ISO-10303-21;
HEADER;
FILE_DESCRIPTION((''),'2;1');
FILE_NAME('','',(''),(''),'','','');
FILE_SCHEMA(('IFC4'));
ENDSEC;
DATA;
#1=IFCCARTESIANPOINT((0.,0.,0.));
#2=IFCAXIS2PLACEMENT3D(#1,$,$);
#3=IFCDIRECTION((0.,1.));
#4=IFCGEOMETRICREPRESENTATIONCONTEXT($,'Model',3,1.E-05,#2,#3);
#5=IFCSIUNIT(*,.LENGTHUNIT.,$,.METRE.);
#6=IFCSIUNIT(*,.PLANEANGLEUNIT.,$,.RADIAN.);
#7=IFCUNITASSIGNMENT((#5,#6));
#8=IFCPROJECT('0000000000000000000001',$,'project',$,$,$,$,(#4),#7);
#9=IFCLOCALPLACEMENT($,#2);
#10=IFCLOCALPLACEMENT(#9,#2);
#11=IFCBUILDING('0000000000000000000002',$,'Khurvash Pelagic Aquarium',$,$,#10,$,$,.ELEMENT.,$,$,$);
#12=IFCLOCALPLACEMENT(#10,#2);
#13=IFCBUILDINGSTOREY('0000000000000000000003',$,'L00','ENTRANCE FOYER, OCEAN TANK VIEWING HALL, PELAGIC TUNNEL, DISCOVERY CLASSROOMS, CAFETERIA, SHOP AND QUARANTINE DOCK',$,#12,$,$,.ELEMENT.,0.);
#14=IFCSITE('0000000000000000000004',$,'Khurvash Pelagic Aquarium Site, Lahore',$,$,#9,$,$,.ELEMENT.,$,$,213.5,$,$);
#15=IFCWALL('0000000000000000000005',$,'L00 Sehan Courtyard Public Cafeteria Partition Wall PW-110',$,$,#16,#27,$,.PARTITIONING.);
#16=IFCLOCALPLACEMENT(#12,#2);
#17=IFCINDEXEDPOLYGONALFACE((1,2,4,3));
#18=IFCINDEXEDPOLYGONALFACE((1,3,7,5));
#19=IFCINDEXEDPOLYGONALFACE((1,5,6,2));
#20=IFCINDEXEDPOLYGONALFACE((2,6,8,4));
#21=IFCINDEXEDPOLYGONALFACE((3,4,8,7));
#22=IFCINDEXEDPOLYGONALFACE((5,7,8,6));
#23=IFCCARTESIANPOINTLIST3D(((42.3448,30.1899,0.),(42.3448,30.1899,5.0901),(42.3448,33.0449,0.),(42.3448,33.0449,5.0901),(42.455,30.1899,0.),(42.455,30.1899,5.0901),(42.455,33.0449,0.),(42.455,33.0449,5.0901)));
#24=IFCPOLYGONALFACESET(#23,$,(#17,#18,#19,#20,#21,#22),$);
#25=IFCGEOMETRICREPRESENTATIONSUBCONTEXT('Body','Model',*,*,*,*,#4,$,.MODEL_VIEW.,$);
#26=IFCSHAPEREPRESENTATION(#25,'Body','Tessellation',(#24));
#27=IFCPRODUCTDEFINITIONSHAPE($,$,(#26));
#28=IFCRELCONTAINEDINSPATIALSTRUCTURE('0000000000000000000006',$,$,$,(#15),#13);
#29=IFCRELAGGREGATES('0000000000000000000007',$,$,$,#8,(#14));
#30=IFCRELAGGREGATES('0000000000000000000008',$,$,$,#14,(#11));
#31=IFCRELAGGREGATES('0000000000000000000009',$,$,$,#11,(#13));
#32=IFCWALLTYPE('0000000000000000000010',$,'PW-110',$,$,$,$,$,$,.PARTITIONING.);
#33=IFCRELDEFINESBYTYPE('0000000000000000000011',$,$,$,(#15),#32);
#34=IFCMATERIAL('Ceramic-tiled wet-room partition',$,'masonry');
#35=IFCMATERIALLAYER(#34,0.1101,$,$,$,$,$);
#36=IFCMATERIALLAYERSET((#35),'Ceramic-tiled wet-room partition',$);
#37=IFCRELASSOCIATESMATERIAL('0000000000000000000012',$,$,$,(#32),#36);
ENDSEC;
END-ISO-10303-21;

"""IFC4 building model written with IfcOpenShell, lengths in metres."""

from ifc_helpers import new_model, si_unit, direction, frame, frame_2d, origin, place, context, subcontext, project, spatial, rectangle, extrude, material, layer, layer_set, type_object, element, save


model = new_model("IFC4")

# Units and contexts
model_context = context("Model", 3, precision=1e-05, world=origin(), true_north=direction((0.0, 1.0)))
body_context = subcontext(model_context, "Body", "Model", "MODEL_VIEW")
ifc_project = project(units=[si_unit("LENGTHUNIT", "METRE"), si_unit("PLANEANGLEUNIT", "RADIAN")], contexts=[model_context])

# Site, building, storey
site_placement = place(None, origin())
site = spatial("IfcSite", under=ifc_project, at=site_placement, Name="Khurvash Pelagic Aquarium Site, Lahore", CompositionType="ELEMENT", RefElevation=213.5)
building_placement = place(site_placement, origin())
building = spatial("IfcBuilding", under=site, at=building_placement, Name="Khurvash Pelagic Aquarium", CompositionType="ELEMENT")
storey_placement = place(building_placement, origin())
storey = spatial("IfcBuildingStorey", under=building, at=storey_placement, Name="L00", Description="ENTRANCE FOYER, OCEAN TANK VIEWING HALL, PELAGIC TUNNEL, DISCOVERY CLASSROOMS, CAFETERIA, SHOP AND QUARANTINE DOCK", CompositionType="ELEMENT", Elevation=0.0)

# Wall
ifc_material_1 = material(Name="Ceramic-tiled wet-room partition", Category="masonry")
ifc_layer = layer(ifc_material_1, 0.1101)
ifc_layer_set = layer_set([ifc_layer], Name="Ceramic-tiled wet-room partition")
wall_type = type_object("IfcWallType", Name="PW-110", PredefinedType="PARTITIONING", material=ifc_layer_set)
wall_placement = place(storey_placement, frame((42.3999, 30.1899, 0.0), z_axis=(0.0, 0.0, 1.0), x_axis=(0.0, 1.0, 0.0)))
element("IfcWall", 1, at=wall_placement, inside=storey, type_object=wall_type, Name="L00 Sehan Courtyard Public Cafeteria Partition Wall PW-110", PredefinedType="PARTITIONING", context=body_context, shape_type="SweptSolid", body=[
    extrude(rectangle(XDim=2.855, YDim=0.1101, at=frame_2d((1.4275, 0.0))), origin(), (0.0, 0.0, 1.0), 5.0901),
])

save(model, "model.ifc")
